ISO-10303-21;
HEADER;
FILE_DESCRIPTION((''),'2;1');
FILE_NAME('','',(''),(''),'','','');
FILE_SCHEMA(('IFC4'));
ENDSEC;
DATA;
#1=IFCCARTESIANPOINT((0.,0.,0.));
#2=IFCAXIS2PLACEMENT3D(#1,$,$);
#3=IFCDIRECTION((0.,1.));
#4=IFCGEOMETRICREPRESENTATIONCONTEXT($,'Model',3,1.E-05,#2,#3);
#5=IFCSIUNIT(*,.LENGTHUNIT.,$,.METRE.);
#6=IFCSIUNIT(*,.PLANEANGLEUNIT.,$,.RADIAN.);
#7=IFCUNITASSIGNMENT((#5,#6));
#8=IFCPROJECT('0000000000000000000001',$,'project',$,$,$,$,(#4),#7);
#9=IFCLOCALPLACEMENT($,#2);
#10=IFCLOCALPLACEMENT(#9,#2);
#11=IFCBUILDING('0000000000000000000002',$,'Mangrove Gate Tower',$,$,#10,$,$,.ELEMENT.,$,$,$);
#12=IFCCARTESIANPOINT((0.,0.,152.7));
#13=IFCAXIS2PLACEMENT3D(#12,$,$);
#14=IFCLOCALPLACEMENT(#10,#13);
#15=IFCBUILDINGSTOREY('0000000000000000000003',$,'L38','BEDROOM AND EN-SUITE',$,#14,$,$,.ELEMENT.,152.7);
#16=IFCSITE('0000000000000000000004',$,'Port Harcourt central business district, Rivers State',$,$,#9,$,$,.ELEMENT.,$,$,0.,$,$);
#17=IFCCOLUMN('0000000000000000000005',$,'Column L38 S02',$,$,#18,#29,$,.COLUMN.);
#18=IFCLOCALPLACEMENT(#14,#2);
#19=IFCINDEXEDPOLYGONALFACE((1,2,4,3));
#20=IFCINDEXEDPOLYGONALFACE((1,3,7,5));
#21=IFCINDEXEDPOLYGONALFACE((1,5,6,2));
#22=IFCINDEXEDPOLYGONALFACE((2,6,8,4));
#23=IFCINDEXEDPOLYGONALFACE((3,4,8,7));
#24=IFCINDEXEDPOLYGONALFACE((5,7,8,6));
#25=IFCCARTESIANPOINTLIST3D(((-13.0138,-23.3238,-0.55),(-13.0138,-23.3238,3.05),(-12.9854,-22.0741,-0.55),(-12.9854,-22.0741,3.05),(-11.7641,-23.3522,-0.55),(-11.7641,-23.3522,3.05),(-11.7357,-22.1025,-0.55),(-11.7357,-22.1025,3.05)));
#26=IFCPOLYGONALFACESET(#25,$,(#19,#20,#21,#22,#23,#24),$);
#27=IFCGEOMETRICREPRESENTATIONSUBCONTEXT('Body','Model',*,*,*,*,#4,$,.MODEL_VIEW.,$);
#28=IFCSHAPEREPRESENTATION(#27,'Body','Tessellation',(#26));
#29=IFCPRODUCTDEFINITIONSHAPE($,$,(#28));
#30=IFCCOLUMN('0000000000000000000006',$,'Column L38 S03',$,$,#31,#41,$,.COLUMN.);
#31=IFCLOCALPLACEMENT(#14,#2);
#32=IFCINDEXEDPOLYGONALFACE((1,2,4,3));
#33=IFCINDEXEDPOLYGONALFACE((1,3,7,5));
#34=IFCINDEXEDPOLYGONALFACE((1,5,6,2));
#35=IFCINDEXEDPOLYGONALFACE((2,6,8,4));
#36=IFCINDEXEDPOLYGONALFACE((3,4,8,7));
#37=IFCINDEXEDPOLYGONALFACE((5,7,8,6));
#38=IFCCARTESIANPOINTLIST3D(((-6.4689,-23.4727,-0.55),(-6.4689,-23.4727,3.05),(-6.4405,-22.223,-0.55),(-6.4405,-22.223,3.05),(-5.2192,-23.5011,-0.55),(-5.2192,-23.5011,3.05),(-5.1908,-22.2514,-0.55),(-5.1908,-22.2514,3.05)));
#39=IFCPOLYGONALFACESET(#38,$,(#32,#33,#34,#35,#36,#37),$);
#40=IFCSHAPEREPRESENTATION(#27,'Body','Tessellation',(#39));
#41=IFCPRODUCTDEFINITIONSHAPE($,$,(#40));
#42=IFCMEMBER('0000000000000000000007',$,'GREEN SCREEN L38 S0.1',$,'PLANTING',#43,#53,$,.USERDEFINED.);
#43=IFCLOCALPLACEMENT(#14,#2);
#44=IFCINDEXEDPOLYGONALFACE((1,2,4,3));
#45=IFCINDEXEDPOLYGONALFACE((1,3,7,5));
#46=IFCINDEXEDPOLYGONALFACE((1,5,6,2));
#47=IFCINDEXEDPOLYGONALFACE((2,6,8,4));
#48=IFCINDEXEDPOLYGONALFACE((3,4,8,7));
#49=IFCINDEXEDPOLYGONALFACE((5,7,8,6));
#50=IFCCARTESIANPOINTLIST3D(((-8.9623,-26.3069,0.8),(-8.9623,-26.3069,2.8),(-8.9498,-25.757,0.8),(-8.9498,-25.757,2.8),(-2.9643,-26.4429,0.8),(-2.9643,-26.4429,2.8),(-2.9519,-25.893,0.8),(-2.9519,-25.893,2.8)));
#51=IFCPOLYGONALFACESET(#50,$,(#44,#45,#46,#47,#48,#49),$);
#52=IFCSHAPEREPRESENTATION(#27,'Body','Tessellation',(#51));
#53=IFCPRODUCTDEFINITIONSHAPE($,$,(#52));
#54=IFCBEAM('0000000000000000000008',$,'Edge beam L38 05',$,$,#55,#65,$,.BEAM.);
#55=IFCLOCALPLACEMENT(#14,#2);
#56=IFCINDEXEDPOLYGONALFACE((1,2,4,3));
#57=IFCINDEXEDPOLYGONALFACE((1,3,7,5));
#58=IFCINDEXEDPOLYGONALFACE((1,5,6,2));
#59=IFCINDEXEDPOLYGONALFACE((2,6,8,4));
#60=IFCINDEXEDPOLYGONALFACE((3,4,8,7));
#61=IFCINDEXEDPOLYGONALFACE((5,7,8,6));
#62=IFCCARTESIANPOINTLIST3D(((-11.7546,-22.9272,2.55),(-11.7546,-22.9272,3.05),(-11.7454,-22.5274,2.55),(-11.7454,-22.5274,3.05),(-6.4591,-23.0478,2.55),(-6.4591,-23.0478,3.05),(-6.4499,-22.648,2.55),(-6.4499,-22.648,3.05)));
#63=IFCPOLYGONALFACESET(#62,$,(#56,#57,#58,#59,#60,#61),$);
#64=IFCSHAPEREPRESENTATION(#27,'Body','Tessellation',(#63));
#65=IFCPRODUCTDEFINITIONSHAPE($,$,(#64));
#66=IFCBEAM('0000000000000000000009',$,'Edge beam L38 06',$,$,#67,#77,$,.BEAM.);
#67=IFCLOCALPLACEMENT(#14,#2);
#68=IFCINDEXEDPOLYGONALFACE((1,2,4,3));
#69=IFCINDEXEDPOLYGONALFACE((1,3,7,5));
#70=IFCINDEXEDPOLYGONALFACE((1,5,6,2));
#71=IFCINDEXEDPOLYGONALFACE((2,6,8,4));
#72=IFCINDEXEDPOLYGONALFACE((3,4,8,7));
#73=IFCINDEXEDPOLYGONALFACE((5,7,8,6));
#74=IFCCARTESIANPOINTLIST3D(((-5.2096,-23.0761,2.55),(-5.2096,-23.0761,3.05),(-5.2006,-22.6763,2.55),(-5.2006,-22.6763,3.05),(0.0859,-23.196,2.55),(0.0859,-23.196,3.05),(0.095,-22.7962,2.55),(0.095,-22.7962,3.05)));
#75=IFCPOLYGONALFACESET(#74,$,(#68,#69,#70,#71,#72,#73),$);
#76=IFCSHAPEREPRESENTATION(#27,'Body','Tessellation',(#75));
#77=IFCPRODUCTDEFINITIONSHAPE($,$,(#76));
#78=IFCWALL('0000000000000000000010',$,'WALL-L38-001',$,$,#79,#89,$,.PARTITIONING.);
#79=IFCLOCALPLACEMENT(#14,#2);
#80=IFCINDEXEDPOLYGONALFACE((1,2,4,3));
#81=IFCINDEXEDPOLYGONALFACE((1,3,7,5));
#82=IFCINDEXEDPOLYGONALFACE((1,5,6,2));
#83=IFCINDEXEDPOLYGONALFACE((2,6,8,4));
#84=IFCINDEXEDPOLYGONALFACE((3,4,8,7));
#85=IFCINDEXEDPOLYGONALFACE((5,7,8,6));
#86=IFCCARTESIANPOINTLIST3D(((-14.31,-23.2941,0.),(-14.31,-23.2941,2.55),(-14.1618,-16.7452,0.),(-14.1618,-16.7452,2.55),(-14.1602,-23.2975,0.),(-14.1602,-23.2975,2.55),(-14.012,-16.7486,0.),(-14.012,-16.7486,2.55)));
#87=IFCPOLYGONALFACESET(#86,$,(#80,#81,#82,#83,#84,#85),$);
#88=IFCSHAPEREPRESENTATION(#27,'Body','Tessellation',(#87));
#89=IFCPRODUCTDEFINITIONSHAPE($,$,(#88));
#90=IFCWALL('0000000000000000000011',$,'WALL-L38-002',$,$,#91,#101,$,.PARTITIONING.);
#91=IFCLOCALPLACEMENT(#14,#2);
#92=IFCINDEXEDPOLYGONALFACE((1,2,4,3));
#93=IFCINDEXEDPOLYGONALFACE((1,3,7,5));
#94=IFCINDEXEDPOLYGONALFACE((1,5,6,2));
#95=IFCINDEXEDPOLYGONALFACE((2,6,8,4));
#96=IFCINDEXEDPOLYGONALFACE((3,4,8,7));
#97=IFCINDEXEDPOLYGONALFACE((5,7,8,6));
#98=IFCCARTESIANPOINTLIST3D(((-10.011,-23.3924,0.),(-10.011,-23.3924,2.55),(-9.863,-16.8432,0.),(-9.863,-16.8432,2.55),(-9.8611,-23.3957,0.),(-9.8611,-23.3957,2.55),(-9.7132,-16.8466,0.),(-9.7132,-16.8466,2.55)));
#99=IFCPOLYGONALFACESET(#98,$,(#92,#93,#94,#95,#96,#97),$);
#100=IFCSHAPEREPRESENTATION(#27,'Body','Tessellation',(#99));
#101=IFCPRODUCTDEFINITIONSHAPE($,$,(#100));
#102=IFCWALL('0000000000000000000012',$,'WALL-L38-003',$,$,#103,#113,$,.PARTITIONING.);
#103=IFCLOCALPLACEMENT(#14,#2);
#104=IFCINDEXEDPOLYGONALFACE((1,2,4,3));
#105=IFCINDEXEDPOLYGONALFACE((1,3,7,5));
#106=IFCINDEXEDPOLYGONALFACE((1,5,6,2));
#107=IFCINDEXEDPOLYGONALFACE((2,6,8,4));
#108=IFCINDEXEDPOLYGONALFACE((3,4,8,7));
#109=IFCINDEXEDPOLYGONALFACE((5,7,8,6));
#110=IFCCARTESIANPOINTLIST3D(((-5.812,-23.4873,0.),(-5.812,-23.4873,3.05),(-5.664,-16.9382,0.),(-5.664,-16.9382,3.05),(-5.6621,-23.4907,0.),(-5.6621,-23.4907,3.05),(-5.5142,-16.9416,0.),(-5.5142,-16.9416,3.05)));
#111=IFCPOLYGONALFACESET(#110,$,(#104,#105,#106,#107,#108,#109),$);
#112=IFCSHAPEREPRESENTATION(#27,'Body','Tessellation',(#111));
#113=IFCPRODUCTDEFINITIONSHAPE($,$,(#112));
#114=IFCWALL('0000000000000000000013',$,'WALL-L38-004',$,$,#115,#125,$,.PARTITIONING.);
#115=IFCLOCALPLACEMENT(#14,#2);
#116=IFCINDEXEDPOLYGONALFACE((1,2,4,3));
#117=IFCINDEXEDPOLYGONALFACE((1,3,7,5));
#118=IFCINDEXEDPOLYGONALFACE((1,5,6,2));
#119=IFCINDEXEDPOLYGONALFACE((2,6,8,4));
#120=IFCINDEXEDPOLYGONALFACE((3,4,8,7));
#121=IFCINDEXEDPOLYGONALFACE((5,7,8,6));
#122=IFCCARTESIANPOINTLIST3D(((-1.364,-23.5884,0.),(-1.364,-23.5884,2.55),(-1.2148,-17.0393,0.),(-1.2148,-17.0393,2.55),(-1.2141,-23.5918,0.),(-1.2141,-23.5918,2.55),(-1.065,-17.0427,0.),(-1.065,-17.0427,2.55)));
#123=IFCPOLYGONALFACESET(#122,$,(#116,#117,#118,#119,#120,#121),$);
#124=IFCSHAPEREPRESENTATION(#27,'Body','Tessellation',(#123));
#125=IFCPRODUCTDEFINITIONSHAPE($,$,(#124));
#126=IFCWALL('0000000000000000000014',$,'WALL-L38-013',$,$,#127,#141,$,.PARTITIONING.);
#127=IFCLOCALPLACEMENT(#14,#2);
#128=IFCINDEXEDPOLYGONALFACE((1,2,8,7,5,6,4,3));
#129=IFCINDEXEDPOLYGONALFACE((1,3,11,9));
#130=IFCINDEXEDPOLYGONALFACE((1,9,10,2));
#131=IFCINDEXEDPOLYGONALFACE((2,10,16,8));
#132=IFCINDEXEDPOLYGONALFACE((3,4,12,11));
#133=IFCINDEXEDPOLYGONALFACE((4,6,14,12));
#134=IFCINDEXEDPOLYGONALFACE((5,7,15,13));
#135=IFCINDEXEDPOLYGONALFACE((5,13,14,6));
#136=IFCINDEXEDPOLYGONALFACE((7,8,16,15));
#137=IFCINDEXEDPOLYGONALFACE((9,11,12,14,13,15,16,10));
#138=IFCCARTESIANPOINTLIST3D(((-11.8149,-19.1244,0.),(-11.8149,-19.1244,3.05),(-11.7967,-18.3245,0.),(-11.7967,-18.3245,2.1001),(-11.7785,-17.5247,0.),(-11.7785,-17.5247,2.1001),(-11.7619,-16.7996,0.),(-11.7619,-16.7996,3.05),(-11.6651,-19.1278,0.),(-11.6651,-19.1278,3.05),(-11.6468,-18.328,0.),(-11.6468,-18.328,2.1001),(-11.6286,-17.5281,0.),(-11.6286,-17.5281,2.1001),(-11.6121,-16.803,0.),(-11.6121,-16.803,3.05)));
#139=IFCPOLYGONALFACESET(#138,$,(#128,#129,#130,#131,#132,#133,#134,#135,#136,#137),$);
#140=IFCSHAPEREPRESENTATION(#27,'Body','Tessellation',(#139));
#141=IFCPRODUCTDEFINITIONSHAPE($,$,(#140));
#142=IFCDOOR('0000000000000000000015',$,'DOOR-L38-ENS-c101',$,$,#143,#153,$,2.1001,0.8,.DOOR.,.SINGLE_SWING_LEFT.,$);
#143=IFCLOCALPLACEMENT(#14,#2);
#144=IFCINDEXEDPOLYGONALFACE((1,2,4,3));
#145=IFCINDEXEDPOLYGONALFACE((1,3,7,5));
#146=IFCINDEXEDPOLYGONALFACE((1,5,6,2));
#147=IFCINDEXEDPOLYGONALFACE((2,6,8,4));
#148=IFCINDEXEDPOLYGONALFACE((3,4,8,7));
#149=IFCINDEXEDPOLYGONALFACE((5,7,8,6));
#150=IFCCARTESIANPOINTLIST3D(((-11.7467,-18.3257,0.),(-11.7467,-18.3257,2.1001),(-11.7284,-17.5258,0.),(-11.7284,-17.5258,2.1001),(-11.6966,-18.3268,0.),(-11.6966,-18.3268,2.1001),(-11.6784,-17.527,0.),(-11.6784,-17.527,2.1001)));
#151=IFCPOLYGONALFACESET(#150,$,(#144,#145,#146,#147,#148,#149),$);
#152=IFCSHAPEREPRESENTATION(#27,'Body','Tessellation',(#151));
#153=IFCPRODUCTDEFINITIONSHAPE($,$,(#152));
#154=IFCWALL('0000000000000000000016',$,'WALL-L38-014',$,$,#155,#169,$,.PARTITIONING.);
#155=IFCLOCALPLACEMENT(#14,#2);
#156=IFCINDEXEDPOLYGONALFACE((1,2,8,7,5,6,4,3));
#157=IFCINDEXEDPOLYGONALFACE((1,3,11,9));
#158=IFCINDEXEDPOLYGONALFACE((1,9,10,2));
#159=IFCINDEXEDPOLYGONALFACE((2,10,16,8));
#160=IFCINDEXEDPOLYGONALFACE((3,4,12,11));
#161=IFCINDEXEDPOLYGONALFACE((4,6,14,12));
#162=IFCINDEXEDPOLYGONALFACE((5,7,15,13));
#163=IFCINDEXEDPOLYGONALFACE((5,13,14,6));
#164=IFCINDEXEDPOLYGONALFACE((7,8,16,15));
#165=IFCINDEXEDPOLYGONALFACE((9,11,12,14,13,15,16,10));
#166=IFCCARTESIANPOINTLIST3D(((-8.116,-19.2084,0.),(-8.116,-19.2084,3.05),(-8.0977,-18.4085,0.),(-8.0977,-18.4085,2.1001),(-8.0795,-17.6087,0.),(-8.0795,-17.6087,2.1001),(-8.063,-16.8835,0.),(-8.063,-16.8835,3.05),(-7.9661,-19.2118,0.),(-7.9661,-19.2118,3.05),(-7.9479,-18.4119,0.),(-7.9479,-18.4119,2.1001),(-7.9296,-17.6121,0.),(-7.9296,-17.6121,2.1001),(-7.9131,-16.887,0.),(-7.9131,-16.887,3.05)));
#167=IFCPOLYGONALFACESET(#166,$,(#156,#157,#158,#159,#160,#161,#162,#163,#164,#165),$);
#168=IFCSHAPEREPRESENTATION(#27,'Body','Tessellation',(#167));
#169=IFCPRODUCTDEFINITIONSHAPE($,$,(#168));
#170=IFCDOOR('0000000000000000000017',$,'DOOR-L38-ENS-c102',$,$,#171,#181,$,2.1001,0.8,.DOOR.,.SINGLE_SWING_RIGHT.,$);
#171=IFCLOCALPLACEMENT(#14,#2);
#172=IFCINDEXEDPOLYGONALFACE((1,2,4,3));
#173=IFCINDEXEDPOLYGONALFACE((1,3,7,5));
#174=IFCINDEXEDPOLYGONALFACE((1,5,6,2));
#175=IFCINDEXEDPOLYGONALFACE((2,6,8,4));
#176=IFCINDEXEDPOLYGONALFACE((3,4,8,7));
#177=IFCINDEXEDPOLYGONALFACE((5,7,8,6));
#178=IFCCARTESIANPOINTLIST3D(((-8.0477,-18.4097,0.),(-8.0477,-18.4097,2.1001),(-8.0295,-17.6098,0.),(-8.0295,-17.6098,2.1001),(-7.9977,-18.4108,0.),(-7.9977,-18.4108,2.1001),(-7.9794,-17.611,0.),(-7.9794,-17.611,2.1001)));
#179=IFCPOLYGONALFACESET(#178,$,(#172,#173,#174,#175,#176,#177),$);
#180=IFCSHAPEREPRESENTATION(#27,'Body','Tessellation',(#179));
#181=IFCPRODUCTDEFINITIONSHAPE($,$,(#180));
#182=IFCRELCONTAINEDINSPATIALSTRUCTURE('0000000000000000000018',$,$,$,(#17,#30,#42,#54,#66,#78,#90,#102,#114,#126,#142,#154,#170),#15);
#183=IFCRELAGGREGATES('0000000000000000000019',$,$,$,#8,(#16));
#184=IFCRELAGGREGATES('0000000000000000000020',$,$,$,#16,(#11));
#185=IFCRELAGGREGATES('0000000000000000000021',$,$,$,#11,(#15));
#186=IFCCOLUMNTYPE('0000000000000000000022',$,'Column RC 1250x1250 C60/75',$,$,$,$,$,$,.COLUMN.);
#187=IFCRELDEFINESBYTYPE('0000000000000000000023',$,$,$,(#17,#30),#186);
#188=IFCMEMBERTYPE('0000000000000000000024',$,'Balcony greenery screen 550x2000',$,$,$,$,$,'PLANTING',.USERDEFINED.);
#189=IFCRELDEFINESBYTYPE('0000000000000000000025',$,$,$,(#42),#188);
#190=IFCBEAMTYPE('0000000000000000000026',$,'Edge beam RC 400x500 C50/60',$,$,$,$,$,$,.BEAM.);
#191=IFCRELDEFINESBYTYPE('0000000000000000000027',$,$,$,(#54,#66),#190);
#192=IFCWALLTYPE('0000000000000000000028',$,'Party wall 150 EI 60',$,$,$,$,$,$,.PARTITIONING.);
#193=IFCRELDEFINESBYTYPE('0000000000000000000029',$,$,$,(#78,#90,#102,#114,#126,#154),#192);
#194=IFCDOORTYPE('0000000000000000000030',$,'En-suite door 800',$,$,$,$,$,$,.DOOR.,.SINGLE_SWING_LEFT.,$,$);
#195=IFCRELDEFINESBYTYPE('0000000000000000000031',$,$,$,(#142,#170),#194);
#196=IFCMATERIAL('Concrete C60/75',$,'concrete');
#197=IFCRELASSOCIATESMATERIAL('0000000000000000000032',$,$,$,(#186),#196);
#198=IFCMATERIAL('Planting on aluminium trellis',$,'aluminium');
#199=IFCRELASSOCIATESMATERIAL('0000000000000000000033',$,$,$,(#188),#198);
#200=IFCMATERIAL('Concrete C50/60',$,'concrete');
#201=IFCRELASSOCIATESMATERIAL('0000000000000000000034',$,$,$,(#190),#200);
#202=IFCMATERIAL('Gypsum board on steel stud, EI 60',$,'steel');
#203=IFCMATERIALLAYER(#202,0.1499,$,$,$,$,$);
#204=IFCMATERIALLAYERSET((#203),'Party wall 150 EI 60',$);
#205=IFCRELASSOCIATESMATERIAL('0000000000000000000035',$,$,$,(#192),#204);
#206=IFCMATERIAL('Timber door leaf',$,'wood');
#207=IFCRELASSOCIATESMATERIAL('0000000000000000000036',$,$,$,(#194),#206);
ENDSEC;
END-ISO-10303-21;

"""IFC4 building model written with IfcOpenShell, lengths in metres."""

from ifc_helpers import new_model, si_unit, direction, frame, frame_2d, origin, origin_2d, place, context, subcontext, project, spatial, rectangle, extrude, material, layer, layer_set, material_profile, profile_set, type_object, element, fill, save


model = new_model("IFC4")

# Units and contexts
model_context = context("Model", 3, precision=1e-05, world=origin(), true_north=direction((0.0, 1.0)))
body_context = subcontext(model_context, "Body", "Model", "MODEL_VIEW")
ifc_project = project(units=[si_unit("LENGTHUNIT", "METRE"), si_unit("PLANEANGLEUNIT", "RADIAN")], contexts=[model_context])

# Site, building, storey
site_placement = place(None, origin())
site = spatial("IfcSite", under=ifc_project, at=site_placement, Name="Port Harcourt central business district, Rivers State", CompositionType="ELEMENT", RefElevation=0.0)
building_placement = place(site_placement, origin())
building = spatial("IfcBuilding", under=site, at=building_placement, Name="Mangrove Gate Tower", CompositionType="ELEMENT")
storey_placement = place(building_placement, frame((0.0, 0.0, 152.7)))
storey = spatial("IfcBuildingStorey", under=building, at=storey_placement, Name="L38", Description="BEDROOM AND EN-SUITE", CompositionType="ELEMENT", Elevation=152.7)

# Columns
ifc_material_1 = material(Name="Concrete C60/75", Category="concrete")
ifc_material_profile_1 = material_profile(ifc_material_1, rectangle(XDim=1.25, YDim=1.25, at=origin_2d()))
ifc_profile_set_1 = profile_set([ifc_material_profile_1], Name="Concrete C60/75")
column_type = type_object("IfcColumnType", Name="Column RC 1250x1250 C60/75", PredefinedType="COLUMN", material=ifc_profile_set_1)
for number, where, z_axis, x_axis, name in (
    (1, (-12.3748, -22.7131, -0.55), (0.0, 0.0, 1.0), (0.999743, -0.022683, 0.0), "Column L38 S02"),
    (2, (-5.8298, -22.8621, -0.55), (0.0, 0.0, 1.0), (0.999743, -0.022683, 0.0), "Column L38 S03"),
):
    element("IfcColumn", number, at=place(storey_placement, frame(where, z_axis=z_axis, x_axis=x_axis)), inside=storey, type_object=column_type, Name=name, PredefinedType="COLUMN", context=body_context, shape_type="SweptSolid", body=[
        extrude(rectangle(XDim=1.25, YDim=1.25, at=origin_2d()), origin(), (0.0, 0.0, 1.0), 3.6001),
    ])

# Member
ifc_material_2 = material(Name="Planting on aluminium trellis", Category="aluminium")
ifc_material_profile_2 = material_profile(ifc_material_2, rectangle(XDim=0.55, YDim=2.0, at=origin_2d()))
ifc_profile_set_2 = profile_set([ifc_material_profile_2], Name="Planting on aluminium trellis")
member_type = type_object("IfcMemberType", Name="Balcony greenery screen 550x2000", ElementType="PLANTING", PredefinedType="USERDEFINED", material=ifc_profile_set_2)
member_placement = place(storey_placement, frame((-8.9561, -26.032, 1.8), z_axis=(0.999743, -0.022666, 0.0), x_axis=(0.022666, 0.999743, 0.0)))
element("IfcMember", 3, at=member_placement, inside=storey, type_object=member_type, Name="GREEN SCREEN L38 S0.1", ObjectType="PLANTING", PredefinedType="USERDEFINED", context=body_context, shape_type="SweptSolid", body=[
    extrude(rectangle(XDim=0.55, YDim=2.0, at=origin_2d()), origin(), (0.0, 0.0, 1.0), 5.9995),
])

# Beams
ifc_material_3 = material(Name="Concrete C50/60", Category="concrete")
ifc_material_profile_3 = material_profile(ifc_material_3, rectangle(XDim=0.3999, YDim=0.5, at=origin_2d()))
ifc_profile_set_3 = profile_set([ifc_material_profile_3], Name="Concrete C50/60")
beam_type = type_object("IfcBeamType", Name="Edge beam RC 400x500 C50/60", PredefinedType="BEAM", material=ifc_profile_set_3)
for number, where, z_axis, x_axis, name in (
    (4, (-11.75, -22.7273, 2.8), (0.999741, -0.02277, 0.0), (0.02277, 0.999741, 0.0), "Edge beam L38 05"),
    (5, (-5.2051, -22.8762, 2.8), (0.999744, -0.022631, 0.0), (0.022631, 0.999744, 0.0), "Edge beam L38 06"),
):
    element("IfcBeam", number, at=place(storey_placement, frame(where, z_axis=z_axis, x_axis=x_axis)), inside=storey, type_object=beam_type, Name=name, PredefinedType="BEAM", context=body_context, shape_type="SweptSolid", body=[
        extrude(rectangle(XDim=0.3999, YDim=0.5, at=origin_2d()), origin(), (0.0, 0.0, 1.0), 5.2969),
    ])

# Walls
ifc_material_4 = material(Name="Gypsum board on steel stud, EI 60", Category="steel")
ifc_layer_1 = layer(ifc_material_4, 0.1499)
ifc_layer_set_1 = layer_set([ifc_layer_1], Name="Party wall 150 EI 60")
wall_type_1 = type_object("IfcWallType", Name="Party wall 150 EI 60", PredefinedType="PARTITIONING", material=ifc_layer_set_1)
wall_1_placement = place(storey_placement, frame((-14.2351, -23.2959, 0.0), z_axis=(0.0, 0.0, 1.0), x_axis=(0.022623, 0.999744, 0.0)))
element("IfcWall", 6, at=wall_1_placement, inside=storey, type_object=wall_type_1, Name="WALL-L38-001", PredefinedType="PARTITIONING", context=body_context, shape_type="SweptSolid", body=[
    extrude(rectangle(XDim=6.5505, YDim=0.1499, at=frame_2d((3.2754, 0.0))), origin(), (0.0, 0.0, 1.0), 2.55),
])
wall_2_placement = place(storey_placement, frame((-9.936, -23.394, 0.0), z_axis=(0.0, 0.0, 1.0), x_axis=(0.022585, 0.999745, 0.0)))
element("IfcWall", 7, at=wall_2_placement, inside=storey, type_object=wall_type_1, Name="WALL-L38-002", PredefinedType="PARTITIONING", context=body_context, shape_type="SweptSolid", body=[
    extrude(rectangle(XDim=6.5508, YDim=0.1499, at=frame_2d((3.2754, 0.0))), origin(), (0.0, 0.0, 1.0), 2.55),
])
wall_3_placement = place(storey_placement, frame((-5.7371, -23.489, 0.0), z_axis=(0.0, 0.0, 1.0), x_axis=(0.022585, 0.999745, 0.0)))
element("IfcWall", 8, at=wall_3_placement, inside=storey, type_object=wall_type_1, Name="WALL-L38-003", PredefinedType="PARTITIONING", context=body_context, shape_type="SweptSolid", body=[
    extrude(rectangle(XDim=6.5508, YDim=0.1499, at=frame_2d((3.2754, 0.0))), origin(), (0.0, 0.0, 1.0), 3.05),
])
wall_4_placement = place(storey_placement, frame((-1.2891, -23.5901, 0.0), z_axis=(0.0, 0.0, 1.0), x_axis=(0.022771, 0.999741, 0.0)))
element("IfcWall", 9, at=wall_4_placement, inside=storey, type_object=wall_type_1, Name="WALL-L38-004", PredefinedType="PARTITIONING", context=body_context, shape_type="SweptSolid", body=[
    extrude(rectangle(XDim=6.5508, YDim=0.1499, at=frame_2d((3.2754, 0.0))), origin(), (0.0, 0.0, 1.0), 2.55),
])

# Walls, openings, doors
wall_5_placement = place(storey_placement, frame((-11.74, -19.126, 0.0), z_axis=(0.0, 0.0, 1.0), x_axis=(0.022781, 0.99974, 0.0)))
wall_5 = element("IfcWall", 10, at=wall_5_placement, inside=storey, type_object=wall_type_1, Name="WALL-L38-013", PredefinedType="PARTITIONING", context=body_context, shape_type="SweptSolid", body=[
    extrude(rectangle(XDim=2.3254, YDim=0.1499, at=frame_2d((1.1626, 0.0))), origin(), (0.0, 0.0, 1.0), 3.05),
])
opening_1_placement = place(wall_5_placement, frame((0.8, 0.0, 0.0)))
opening_1 = element("IfcOpeningElement", 11, at=opening_1_placement, cuts=wall_5, PredefinedType="OPENING", context=body_context, shape_type="SweptSolid", body=[
    extrude(rectangle(XDim=0.8, YDim=2.1001, at=frame_2d((0.3999, 1.05))), frame((0.0, 0.085, 0.0), z_axis=(0.0, -1.0, 0.0), x_axis=(1.0, 0.0, 0.0)), (0.0, 0.0, 1.0), 0.1699),
])
ifc_material_5 = material(Name="Timber door leaf", Category="wood")
door_type_1 = type_object("IfcDoorType", Name="En-suite door 800", OperationType="SINGLE_SWING_LEFT", PredefinedType="DOOR", material=ifc_material_5)
door_1_placement = place(opening_1_placement, origin())
door_1 = element("IfcDoor", 12, at=door_1_placement, inside=storey, type_object=door_type_1, Name="DOOR-L38-ENS-c101", OperationType="SINGLE_SWING_LEFT", OverallHeight=2.1001, OverallWidth=0.8, PredefinedType="DOOR", context=body_context, shape_type="SweptSolid", body=[
    extrude(rectangle(XDim=0.8, YDim=2.1001, at=frame_2d((0.3999, 1.05))), frame((0.0, 0.0249, 0.0), z_axis=(0.0, -1.0, 0.0), x_axis=(1.0, 0.0, 0.0)), (0.0, 0.0, 1.0), 0.05),
])
fill(opening_1, door_1)
wall_6_placement = place(storey_placement, frame((-8.041, -19.21, 0.0), z_axis=(0.0, 0.0, 1.0), x_axis=(0.022781, 0.99974, 0.0)))
wall_6 = element("IfcWall", 13, at=wall_6_placement, inside=storey, type_object=wall_type_1, Name="WALL-L38-014", PredefinedType="PARTITIONING", context=body_context, shape_type="SweptSolid", body=[
    extrude(rectangle(XDim=2.3254, YDim=0.1499, at=frame_2d((1.1626, 0.0))), origin(), (0.0, 0.0, 1.0), 3.05),
])
opening_2_placement = place(wall_6_placement, frame((0.8, 0.0, 0.0)))
opening_2 = element("IfcOpeningElement", 14, at=opening_2_placement, cuts=wall_6, PredefinedType="OPENING", context=body_context, shape_type="SweptSolid", body=[
    extrude(rectangle(XDim=0.8, YDim=2.1001, at=frame_2d((0.3999, 1.05))), frame((0.0, 0.085, 0.0), z_axis=(0.0, -1.0, 0.0), x_axis=(1.0, 0.0, 0.0)), (0.0, 0.0, 1.0), 0.1699),
])
door_2_placement = place(opening_2_placement, origin())
door_2 = element("IfcDoor", 15, at=door_2_placement, inside=storey, type_object=door_type_1, Name="DOOR-L38-ENS-c102", OperationType="SINGLE_SWING_RIGHT", OverallHeight=2.1001, OverallWidth=0.8, PredefinedType="DOOR", context=body_context, shape_type="SweptSolid", body=[
    extrude(rectangle(XDim=0.8, YDim=2.1001, at=frame_2d((0.3999, 1.05))), frame((0.0, 0.0249, 0.0), z_axis=(0.0, -1.0, 0.0), x_axis=(1.0, 0.0, 0.0)), (0.0, 0.0, 1.0), 0.05),
])
fill(opening_2, door_2)

save(model, "model.ifc")
